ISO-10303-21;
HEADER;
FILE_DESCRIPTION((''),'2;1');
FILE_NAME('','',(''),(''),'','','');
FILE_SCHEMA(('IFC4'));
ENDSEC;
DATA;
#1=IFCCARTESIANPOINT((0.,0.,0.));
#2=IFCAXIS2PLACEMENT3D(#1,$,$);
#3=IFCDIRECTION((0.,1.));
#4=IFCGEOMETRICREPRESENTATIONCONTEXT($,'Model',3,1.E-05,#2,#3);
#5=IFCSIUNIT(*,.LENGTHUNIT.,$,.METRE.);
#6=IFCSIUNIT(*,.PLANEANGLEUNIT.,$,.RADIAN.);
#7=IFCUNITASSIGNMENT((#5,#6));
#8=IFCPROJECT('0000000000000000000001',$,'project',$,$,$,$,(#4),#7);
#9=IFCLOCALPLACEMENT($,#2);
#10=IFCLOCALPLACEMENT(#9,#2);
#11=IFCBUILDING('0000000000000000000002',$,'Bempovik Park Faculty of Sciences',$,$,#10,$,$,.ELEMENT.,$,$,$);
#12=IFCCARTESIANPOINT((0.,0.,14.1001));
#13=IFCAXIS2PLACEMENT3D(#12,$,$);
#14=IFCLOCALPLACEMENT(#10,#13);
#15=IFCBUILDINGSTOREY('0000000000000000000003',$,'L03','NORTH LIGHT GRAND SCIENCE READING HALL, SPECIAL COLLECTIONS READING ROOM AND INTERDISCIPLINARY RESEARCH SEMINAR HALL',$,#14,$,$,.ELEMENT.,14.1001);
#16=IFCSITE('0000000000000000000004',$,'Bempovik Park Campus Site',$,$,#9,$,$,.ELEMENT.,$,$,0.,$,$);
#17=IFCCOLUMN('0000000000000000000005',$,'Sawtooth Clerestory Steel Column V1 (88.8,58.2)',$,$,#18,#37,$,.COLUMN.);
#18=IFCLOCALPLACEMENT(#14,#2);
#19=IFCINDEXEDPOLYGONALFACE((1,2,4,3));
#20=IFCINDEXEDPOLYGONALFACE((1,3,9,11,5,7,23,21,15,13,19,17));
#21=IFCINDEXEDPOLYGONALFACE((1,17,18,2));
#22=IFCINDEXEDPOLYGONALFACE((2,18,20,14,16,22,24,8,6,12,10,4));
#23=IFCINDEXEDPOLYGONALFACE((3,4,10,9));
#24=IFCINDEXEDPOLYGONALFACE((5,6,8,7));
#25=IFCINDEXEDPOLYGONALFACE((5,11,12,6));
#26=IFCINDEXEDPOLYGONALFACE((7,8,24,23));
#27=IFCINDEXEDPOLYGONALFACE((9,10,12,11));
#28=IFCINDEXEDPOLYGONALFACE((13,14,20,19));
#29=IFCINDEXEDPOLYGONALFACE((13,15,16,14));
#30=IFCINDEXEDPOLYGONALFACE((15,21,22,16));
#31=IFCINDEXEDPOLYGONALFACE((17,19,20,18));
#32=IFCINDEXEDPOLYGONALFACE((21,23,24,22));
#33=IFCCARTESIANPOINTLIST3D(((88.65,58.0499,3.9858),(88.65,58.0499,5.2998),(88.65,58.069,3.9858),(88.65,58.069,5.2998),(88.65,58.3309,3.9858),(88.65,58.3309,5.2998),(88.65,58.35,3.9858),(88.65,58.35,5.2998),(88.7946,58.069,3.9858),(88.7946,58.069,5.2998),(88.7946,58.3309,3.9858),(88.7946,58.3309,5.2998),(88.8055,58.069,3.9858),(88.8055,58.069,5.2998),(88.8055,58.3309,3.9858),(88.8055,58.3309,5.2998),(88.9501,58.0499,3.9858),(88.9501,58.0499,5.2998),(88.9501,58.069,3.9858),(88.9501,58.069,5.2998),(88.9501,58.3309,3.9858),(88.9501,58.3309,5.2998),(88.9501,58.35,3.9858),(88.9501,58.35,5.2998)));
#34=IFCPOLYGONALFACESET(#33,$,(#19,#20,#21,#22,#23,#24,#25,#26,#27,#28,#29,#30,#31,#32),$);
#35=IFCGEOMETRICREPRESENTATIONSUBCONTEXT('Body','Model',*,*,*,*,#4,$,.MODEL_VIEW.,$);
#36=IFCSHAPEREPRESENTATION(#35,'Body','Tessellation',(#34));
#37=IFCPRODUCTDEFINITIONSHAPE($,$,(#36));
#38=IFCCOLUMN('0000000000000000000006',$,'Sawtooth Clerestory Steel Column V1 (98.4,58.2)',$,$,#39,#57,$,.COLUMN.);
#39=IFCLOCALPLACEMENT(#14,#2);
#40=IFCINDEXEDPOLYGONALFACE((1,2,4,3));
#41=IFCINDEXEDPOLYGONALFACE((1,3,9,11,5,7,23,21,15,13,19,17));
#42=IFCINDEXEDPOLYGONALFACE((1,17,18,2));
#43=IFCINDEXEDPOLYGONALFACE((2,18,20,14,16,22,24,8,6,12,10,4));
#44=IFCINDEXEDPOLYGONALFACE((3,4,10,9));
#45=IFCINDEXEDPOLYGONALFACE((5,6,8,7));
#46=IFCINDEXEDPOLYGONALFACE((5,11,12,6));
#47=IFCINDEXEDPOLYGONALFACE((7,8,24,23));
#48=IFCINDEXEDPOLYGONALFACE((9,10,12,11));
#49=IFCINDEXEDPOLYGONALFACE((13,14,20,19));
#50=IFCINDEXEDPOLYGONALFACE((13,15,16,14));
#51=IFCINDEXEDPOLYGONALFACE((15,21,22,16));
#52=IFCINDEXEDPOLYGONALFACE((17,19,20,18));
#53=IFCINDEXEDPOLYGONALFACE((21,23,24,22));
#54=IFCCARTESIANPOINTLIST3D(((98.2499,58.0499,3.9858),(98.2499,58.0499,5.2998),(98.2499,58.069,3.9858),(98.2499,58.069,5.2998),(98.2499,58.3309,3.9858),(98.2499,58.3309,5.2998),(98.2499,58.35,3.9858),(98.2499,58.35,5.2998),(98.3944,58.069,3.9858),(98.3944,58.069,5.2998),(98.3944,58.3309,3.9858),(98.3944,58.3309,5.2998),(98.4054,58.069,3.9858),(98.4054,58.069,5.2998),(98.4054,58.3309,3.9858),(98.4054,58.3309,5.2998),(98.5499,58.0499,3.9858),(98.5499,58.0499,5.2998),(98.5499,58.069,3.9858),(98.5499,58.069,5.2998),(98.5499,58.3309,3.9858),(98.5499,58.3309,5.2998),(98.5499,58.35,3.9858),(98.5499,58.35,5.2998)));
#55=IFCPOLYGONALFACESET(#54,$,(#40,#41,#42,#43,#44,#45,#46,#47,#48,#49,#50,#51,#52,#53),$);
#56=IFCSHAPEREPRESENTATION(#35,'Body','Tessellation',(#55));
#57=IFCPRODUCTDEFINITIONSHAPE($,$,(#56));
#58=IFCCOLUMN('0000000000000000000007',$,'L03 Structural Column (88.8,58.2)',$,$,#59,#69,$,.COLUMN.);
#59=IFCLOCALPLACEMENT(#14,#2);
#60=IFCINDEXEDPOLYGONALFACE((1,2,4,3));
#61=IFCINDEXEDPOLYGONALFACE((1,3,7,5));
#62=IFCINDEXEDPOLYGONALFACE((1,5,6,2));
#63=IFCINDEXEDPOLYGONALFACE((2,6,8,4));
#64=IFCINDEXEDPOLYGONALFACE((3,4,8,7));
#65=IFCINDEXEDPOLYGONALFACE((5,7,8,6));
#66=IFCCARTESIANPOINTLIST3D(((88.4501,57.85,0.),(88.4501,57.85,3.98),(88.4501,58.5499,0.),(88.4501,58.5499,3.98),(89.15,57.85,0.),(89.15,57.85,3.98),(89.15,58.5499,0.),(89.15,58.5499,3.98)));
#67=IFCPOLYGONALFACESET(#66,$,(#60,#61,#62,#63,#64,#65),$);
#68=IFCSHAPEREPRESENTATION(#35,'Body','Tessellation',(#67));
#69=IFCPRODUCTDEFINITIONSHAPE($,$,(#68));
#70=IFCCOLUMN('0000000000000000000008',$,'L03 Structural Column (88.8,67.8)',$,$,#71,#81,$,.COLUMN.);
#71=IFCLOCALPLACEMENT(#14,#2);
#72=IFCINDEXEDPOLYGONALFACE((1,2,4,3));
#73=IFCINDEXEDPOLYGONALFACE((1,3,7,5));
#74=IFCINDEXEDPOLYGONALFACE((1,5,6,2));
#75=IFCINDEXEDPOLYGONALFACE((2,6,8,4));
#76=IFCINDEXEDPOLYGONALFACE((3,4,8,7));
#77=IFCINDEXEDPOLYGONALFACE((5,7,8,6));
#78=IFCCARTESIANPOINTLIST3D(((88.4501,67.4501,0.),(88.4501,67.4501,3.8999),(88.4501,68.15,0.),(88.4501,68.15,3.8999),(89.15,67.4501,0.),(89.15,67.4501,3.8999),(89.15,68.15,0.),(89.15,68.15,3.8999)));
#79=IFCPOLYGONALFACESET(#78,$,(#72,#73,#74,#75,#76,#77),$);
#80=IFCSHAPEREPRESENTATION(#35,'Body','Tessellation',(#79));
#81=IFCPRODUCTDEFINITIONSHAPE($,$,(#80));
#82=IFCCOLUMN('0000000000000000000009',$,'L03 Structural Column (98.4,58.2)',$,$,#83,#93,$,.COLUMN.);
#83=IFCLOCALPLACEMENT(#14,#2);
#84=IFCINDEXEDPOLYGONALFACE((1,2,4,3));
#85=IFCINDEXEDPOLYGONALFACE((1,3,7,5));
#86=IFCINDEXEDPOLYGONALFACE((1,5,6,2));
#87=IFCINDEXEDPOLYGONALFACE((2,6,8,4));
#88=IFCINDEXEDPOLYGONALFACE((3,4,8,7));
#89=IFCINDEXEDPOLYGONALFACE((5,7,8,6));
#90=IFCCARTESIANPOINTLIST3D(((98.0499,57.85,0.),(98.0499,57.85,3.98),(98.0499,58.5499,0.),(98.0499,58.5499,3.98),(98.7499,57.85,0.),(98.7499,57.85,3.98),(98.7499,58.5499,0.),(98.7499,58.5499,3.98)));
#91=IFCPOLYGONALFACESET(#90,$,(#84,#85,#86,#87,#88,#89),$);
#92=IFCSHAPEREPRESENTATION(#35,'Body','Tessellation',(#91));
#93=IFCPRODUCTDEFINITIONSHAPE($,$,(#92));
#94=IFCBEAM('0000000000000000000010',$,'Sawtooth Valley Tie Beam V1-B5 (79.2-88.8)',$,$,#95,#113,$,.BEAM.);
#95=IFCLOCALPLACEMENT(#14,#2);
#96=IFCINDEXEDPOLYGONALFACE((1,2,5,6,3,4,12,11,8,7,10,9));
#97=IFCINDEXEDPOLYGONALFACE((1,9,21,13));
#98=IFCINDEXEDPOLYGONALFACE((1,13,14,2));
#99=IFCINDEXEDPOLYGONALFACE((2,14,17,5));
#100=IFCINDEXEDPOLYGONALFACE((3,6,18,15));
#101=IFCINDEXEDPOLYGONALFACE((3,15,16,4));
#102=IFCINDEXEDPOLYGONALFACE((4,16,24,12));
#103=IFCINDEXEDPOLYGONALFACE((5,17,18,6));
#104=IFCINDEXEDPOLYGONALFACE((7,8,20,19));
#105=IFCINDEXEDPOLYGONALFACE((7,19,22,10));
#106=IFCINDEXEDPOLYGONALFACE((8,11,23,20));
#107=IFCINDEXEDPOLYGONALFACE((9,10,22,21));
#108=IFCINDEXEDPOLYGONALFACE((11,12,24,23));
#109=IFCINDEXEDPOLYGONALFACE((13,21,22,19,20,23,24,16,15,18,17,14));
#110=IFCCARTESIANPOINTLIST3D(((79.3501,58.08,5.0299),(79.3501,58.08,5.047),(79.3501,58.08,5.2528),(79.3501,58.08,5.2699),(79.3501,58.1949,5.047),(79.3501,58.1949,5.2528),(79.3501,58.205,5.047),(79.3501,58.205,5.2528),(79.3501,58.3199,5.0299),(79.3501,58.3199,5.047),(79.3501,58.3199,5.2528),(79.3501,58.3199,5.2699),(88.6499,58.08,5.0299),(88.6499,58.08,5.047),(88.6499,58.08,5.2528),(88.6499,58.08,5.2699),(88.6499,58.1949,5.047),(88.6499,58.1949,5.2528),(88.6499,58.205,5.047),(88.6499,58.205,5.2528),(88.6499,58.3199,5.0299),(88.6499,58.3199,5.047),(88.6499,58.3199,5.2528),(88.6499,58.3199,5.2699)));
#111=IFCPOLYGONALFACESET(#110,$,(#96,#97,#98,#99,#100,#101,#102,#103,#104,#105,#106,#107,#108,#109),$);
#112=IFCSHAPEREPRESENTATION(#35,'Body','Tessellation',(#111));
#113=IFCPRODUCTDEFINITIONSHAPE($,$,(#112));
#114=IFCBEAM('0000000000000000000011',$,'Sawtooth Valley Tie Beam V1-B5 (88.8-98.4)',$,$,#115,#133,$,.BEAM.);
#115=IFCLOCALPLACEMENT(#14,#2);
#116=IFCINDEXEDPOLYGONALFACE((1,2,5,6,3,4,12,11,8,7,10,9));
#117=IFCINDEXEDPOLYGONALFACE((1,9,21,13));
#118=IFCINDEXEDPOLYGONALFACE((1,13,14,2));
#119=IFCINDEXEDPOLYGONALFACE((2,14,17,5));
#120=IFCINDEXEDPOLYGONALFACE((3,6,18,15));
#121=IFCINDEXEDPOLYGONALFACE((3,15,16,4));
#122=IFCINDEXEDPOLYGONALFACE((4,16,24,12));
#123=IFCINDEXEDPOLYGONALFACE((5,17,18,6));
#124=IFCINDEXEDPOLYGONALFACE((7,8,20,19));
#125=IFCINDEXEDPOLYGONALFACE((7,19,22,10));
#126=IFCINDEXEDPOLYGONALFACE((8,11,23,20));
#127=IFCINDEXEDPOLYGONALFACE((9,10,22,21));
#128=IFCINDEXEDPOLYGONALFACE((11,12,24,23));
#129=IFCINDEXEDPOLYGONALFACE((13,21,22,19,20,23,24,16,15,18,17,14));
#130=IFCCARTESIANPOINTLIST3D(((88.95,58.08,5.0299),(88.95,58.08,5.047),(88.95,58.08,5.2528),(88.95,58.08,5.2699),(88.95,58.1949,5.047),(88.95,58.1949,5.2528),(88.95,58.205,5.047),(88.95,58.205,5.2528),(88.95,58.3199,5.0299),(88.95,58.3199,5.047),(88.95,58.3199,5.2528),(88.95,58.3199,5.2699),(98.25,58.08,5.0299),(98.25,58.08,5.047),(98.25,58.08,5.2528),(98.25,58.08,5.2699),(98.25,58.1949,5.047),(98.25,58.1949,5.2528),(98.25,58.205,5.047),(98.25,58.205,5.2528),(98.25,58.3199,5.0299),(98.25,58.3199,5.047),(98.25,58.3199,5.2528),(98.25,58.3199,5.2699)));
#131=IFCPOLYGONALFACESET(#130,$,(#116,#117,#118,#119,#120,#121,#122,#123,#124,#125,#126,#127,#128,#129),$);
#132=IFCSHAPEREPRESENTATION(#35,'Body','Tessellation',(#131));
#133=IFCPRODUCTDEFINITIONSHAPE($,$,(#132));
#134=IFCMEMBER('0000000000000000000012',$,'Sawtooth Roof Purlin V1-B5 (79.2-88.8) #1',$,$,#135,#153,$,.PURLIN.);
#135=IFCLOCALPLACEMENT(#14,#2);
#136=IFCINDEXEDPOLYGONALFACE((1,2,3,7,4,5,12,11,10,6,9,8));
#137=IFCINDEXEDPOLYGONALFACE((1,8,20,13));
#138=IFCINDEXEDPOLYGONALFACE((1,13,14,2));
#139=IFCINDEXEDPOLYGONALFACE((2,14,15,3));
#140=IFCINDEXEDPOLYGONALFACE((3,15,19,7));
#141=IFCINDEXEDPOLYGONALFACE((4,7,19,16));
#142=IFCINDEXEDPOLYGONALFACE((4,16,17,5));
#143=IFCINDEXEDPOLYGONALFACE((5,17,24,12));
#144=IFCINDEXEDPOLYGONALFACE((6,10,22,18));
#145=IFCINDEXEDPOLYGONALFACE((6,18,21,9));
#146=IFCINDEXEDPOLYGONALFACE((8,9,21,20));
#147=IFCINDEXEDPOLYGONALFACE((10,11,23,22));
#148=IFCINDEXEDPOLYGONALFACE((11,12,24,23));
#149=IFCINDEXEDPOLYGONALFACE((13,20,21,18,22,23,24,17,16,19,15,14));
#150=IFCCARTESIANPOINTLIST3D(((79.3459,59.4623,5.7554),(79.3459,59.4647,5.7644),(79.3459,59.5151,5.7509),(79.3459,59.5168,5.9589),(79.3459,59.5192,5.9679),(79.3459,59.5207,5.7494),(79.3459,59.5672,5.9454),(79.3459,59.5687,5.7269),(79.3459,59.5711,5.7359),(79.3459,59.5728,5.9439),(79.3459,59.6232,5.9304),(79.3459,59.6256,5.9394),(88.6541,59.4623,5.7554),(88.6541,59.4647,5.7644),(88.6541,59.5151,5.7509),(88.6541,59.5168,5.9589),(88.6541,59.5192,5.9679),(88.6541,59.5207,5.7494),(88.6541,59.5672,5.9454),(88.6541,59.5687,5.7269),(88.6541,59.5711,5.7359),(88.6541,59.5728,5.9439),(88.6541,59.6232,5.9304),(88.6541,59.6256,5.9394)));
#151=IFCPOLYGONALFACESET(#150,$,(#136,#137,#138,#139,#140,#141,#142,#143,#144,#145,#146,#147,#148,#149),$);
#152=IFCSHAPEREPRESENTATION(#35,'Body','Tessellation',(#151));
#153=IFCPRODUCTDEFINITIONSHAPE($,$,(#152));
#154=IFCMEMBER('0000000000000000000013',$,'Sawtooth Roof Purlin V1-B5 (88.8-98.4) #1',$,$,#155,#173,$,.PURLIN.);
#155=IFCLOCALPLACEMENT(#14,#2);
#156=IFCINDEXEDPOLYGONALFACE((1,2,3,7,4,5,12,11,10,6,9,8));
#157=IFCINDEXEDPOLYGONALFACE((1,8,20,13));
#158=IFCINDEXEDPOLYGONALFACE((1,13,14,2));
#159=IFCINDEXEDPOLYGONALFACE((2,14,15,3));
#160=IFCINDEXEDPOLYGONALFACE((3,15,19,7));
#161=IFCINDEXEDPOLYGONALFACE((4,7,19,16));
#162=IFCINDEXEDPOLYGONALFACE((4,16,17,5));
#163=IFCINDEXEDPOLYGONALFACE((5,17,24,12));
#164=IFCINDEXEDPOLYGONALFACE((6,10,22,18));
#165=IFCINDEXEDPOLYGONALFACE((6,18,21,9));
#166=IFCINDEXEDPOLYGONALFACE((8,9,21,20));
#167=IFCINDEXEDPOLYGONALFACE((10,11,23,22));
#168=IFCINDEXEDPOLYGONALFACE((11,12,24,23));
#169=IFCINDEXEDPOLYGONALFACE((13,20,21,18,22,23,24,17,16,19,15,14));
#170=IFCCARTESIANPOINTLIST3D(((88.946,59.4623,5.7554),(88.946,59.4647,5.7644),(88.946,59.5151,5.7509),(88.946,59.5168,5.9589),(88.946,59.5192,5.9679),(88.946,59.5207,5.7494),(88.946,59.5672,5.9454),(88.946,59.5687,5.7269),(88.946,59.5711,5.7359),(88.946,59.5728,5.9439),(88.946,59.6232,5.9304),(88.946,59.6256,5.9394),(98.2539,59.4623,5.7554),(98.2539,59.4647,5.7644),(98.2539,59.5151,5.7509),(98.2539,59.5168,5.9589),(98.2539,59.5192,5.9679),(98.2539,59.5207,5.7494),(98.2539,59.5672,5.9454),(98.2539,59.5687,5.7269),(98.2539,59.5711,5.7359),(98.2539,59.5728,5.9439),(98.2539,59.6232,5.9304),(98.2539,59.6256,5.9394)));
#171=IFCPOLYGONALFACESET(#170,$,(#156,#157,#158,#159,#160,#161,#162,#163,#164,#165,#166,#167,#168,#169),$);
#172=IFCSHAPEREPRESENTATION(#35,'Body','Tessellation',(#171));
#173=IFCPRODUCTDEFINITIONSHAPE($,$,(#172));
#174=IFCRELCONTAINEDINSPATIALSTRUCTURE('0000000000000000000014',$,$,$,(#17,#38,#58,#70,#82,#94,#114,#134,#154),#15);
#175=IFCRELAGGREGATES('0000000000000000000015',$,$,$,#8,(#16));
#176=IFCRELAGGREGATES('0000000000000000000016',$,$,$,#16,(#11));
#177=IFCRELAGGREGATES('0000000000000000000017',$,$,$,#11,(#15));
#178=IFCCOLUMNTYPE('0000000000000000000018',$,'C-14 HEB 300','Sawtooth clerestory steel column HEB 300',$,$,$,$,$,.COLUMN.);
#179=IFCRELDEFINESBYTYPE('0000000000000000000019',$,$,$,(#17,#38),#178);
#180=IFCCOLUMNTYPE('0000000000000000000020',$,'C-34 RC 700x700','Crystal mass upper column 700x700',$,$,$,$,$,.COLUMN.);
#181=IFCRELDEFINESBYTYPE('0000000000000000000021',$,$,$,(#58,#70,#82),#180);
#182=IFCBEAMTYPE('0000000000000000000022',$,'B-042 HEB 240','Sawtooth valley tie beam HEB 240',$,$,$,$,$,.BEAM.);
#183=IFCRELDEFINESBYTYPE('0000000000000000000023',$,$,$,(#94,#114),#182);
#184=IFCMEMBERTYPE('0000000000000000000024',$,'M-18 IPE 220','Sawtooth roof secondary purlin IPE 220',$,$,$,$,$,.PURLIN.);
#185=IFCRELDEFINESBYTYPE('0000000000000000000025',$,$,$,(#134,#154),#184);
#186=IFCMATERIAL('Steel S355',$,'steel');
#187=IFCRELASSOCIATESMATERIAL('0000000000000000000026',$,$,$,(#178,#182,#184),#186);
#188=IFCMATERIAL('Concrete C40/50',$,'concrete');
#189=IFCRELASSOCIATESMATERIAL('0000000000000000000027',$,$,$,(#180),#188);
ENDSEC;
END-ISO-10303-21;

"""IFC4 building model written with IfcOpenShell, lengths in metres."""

from ifc_helpers import new_model, si_unit, direction, frame, origin, origin_2d, place, context, subcontext, project, spatial, rectangle, i_section, extrude, material, material_profile, profile_set, type_object, element, save


model = new_model("IFC4")

# Units and contexts
model_context = context("Model", 3, precision=1e-05, world=origin(), true_north=direction((0.0, 1.0)))
body_context = subcontext(model_context, "Body", "Model", "MODEL_VIEW")
ifc_project = project(units=[si_unit("LENGTHUNIT", "METRE"), si_unit("PLANEANGLEUNIT", "RADIAN")], contexts=[model_context])

# Site, building, storey
site_placement = place(None, origin())
site = spatial("IfcSite", under=ifc_project, at=site_placement, Name="Bempovik Park Campus Site", CompositionType="ELEMENT", RefElevation=0.0)
building_placement = place(site_placement, origin())
building = spatial("IfcBuilding", under=site, at=building_placement, Name="Bempovik Park Faculty of Sciences", CompositionType="ELEMENT")
storey_placement = place(building_placement, frame((0.0, 0.0, 14.1001)))
storey = spatial("IfcBuildingStorey", under=building, at=storey_placement, Name="L03", Description="NORTH LIGHT GRAND SCIENCE READING HALL, SPECIAL COLLECTIONS READING ROOM AND INTERDISCIPLINARY RESEARCH SEMINAR HALL", CompositionType="ELEMENT", Elevation=14.1001)

# Columns
ifc_material_1 = material(Name="Steel S355", Category="steel")
ifc_material_profile_1 = material_profile(ifc_material_1, i_section(OverallWidth=0.3, OverallDepth=0.3, WebThickness=0.011, FlangeThickness=0.019, at=origin_2d()), Name="HEB 300")
ifc_profile_set_1 = profile_set([ifc_material_profile_1], Name="Steel S355")
column_type_1 = type_object("IfcColumnType", Name="C-14 HEB 300", Description="Sawtooth clerestory steel column HEB 300", PredefinedType="COLUMN", material=ifc_profile_set_1)
for number, where, z_axis, x_axis, name in (
    (1, (88.8, 58.2, 3.9858), (0.0, 0.0, 1.0), (1.0, 0.0, 0.0), "Sawtooth Clerestory Steel Column V1 (88.8,58.2)"),
    (2, (98.3999, 58.2, 3.9858), (0.0, 0.0, 1.0), (1.0, 0.0, 0.0), "Sawtooth Clerestory Steel Column V1 (98.4,58.2)"),
):
    element("IfcColumn", number, at=place(storey_placement, frame(where, z_axis=z_axis, x_axis=x_axis)), inside=storey, type_object=column_type_1, Name=name, PredefinedType="COLUMN", context=body_context, shape_type="SweptSolid", body=[
        extrude(i_section(OverallWidth=0.3, OverallDepth=0.3, WebThickness=0.011, FlangeThickness=0.019, at=origin_2d()), origin(), (0.0, 0.0, 1.0), 1.314),
    ])
ifc_material_2 = material(Name="Concrete C40/50", Category="concrete")
ifc_material_profile_2 = material_profile(ifc_material_2, rectangle(XDim=0.7, YDim=0.7, at=origin_2d()), Name="RC 700x700")
ifc_profile_set_2 = profile_set([ifc_material_profile_2], Name="Concrete C40/50")
column_type_2 = type_object("IfcColumnType", Name="C-34 RC 700x700", Description="Crystal mass upper column 700x700", PredefinedType="COLUMN", material=ifc_profile_set_2)
column_1_placement = place(storey_placement, frame((88.8, 58.2, 0.0), z_axis=(0.0, 0.0, 1.0), x_axis=(1.0, 0.0, 0.0)))
element("IfcColumn", 3, at=column_1_placement, inside=storey, type_object=column_type_2, Name="L03 Structural Column (88.8,58.2)", PredefinedType="COLUMN", context=body_context, shape_type="SweptSolid", body=[
    extrude(rectangle(XDim=0.7, YDim=0.7, at=origin_2d()), origin(), (0.0, 0.0, 1.0), 3.98),
])
column_2_placement = place(storey_placement, frame((88.8, 67.8, 0.0), z_axis=(0.0, 0.0, 1.0), x_axis=(1.0, 0.0, 0.0)))
element("IfcColumn", 4, at=column_2_placement, inside=storey, type_object=column_type_2, Name="L03 Structural Column (88.8,67.8)", PredefinedType="COLUMN", context=body_context, shape_type="SweptSolid", body=[
    extrude(rectangle(XDim=0.7, YDim=0.7, at=origin_2d()), origin(), (0.0, 0.0, 1.0), 3.8999),
])
column_3_placement = place(storey_placement, frame((98.3999, 58.2, 0.0), z_axis=(0.0, 0.0, 1.0), x_axis=(1.0, 0.0, 0.0)))
element("IfcColumn", 5, at=column_3_placement, inside=storey, type_object=column_type_2, Name="L03 Structural Column (98.4,58.2)", PredefinedType="COLUMN", context=body_context, shape_type="SweptSolid", body=[
    extrude(rectangle(XDim=0.7, YDim=0.7, at=origin_2d()), origin(), (0.0, 0.0, 1.0), 3.98),
])

# Beams
ifc_material_profile_3 = material_profile(ifc_material_1, i_section(OverallWidth=0.24, OverallDepth=0.24, WebThickness=0.01, FlangeThickness=0.0171, at=origin_2d()), Name="HEB 240")
ifc_profile_set_3 = profile_set([ifc_material_profile_3], Name="Steel S355")
beam_type = type_object("IfcBeamType", Name="B-042 HEB 240", Description="Sawtooth valley tie beam HEB 240", PredefinedType="BEAM", material=ifc_profile_set_3)
beam_1_placement = place(storey_placement, frame((79.3501, 58.2, 5.1499), z_axis=(1.0, 0.0, 0.0), x_axis=(0.0, 1.0, 0.0)))
element("IfcBeam", 6, at=beam_1_placement, inside=storey, type_object=beam_type, Name="Sawtooth Valley Tie Beam V1-B5 (79.2-88.8)", PredefinedType="BEAM", context=body_context, shape_type="SweptSolid", body=[
    extrude(i_section(OverallWidth=0.24, OverallDepth=0.24, WebThickness=0.01, FlangeThickness=0.0171, at=origin_2d()), origin(), (0.0, 0.0, 1.0), 9.2998),
])
beam_2_placement = place(storey_placement, frame((88.95, 58.2, 5.1499), z_axis=(1.0, 0.0, 0.0), x_axis=(0.0, 1.0, 0.0)))
element("IfcBeam", 7, at=beam_2_placement, inside=storey, type_object=beam_type, Name="Sawtooth Valley Tie Beam V1-B5 (88.8-98.4)", PredefinedType="BEAM", context=body_context, shape_type="SweptSolid", body=[
    extrude(i_section(OverallWidth=0.24, OverallDepth=0.24, WebThickness=0.01, FlangeThickness=0.0171, at=origin_2d()), origin(), (0.0, 0.0, 1.0), 9.3),
])

# Members
ifc_material_profile_4 = material_profile(ifc_material_1, i_section(OverallWidth=0.1101, OverallDepth=0.22, WebThickness=0.0059, FlangeThickness=0.0093, at=origin_2d()), Name="IPE 220")
ifc_profile_set_4 = profile_set([ifc_material_profile_4], Name="Steel S355")
member_type_1 = type_object("IfcMemberType", Name="M-18 IPE 220", Description="Sawtooth roof secondary purlin IPE 220", PredefinedType="PURLIN", material=ifc_profile_set_4)
member_1_placement = place(storey_placement, frame((79.3459, 59.5439, 5.8474), z_axis=(1.0, 0.0, 0.0), x_axis=(0.0, 0.965926, -0.258819)))
element("IfcMember", 8, at=member_1_placement, inside=storey, type_object=member_type_1, Name="Sawtooth Roof Purlin V1-B5 (79.2-88.8) #1", PredefinedType="PURLIN", context=body_context, shape_type="SweptSolid", body=[
    extrude(i_section(OverallWidth=0.1101, OverallDepth=0.22, WebThickness=0.0059, FlangeThickness=0.0093, at=origin_2d()), origin(), (0.0, 0.0, 1.0), 9.3081),
])
member_2_placement = place(storey_placement, frame((88.946, 59.5439, 5.8474), z_axis=(1.0, 0.0, 0.0), x_axis=(0.0, 0.965926, -0.258819)))
element("IfcMember", 9, at=member_2_placement, inside=storey, type_object=member_type_1, Name="Sawtooth Roof Purlin V1-B5 (88.8-98.4) #1", PredefinedType="PURLIN", context=body_context, shape_type="SweptSolid", body=[
    extrude(i_section(OverallWidth=0.1101, OverallDepth=0.22, WebThickness=0.0059, FlangeThickness=0.0093, at=origin_2d()), origin(), (0.0, 0.0, 1.0), 9.3079),
])

save(model, "model.ifc")
